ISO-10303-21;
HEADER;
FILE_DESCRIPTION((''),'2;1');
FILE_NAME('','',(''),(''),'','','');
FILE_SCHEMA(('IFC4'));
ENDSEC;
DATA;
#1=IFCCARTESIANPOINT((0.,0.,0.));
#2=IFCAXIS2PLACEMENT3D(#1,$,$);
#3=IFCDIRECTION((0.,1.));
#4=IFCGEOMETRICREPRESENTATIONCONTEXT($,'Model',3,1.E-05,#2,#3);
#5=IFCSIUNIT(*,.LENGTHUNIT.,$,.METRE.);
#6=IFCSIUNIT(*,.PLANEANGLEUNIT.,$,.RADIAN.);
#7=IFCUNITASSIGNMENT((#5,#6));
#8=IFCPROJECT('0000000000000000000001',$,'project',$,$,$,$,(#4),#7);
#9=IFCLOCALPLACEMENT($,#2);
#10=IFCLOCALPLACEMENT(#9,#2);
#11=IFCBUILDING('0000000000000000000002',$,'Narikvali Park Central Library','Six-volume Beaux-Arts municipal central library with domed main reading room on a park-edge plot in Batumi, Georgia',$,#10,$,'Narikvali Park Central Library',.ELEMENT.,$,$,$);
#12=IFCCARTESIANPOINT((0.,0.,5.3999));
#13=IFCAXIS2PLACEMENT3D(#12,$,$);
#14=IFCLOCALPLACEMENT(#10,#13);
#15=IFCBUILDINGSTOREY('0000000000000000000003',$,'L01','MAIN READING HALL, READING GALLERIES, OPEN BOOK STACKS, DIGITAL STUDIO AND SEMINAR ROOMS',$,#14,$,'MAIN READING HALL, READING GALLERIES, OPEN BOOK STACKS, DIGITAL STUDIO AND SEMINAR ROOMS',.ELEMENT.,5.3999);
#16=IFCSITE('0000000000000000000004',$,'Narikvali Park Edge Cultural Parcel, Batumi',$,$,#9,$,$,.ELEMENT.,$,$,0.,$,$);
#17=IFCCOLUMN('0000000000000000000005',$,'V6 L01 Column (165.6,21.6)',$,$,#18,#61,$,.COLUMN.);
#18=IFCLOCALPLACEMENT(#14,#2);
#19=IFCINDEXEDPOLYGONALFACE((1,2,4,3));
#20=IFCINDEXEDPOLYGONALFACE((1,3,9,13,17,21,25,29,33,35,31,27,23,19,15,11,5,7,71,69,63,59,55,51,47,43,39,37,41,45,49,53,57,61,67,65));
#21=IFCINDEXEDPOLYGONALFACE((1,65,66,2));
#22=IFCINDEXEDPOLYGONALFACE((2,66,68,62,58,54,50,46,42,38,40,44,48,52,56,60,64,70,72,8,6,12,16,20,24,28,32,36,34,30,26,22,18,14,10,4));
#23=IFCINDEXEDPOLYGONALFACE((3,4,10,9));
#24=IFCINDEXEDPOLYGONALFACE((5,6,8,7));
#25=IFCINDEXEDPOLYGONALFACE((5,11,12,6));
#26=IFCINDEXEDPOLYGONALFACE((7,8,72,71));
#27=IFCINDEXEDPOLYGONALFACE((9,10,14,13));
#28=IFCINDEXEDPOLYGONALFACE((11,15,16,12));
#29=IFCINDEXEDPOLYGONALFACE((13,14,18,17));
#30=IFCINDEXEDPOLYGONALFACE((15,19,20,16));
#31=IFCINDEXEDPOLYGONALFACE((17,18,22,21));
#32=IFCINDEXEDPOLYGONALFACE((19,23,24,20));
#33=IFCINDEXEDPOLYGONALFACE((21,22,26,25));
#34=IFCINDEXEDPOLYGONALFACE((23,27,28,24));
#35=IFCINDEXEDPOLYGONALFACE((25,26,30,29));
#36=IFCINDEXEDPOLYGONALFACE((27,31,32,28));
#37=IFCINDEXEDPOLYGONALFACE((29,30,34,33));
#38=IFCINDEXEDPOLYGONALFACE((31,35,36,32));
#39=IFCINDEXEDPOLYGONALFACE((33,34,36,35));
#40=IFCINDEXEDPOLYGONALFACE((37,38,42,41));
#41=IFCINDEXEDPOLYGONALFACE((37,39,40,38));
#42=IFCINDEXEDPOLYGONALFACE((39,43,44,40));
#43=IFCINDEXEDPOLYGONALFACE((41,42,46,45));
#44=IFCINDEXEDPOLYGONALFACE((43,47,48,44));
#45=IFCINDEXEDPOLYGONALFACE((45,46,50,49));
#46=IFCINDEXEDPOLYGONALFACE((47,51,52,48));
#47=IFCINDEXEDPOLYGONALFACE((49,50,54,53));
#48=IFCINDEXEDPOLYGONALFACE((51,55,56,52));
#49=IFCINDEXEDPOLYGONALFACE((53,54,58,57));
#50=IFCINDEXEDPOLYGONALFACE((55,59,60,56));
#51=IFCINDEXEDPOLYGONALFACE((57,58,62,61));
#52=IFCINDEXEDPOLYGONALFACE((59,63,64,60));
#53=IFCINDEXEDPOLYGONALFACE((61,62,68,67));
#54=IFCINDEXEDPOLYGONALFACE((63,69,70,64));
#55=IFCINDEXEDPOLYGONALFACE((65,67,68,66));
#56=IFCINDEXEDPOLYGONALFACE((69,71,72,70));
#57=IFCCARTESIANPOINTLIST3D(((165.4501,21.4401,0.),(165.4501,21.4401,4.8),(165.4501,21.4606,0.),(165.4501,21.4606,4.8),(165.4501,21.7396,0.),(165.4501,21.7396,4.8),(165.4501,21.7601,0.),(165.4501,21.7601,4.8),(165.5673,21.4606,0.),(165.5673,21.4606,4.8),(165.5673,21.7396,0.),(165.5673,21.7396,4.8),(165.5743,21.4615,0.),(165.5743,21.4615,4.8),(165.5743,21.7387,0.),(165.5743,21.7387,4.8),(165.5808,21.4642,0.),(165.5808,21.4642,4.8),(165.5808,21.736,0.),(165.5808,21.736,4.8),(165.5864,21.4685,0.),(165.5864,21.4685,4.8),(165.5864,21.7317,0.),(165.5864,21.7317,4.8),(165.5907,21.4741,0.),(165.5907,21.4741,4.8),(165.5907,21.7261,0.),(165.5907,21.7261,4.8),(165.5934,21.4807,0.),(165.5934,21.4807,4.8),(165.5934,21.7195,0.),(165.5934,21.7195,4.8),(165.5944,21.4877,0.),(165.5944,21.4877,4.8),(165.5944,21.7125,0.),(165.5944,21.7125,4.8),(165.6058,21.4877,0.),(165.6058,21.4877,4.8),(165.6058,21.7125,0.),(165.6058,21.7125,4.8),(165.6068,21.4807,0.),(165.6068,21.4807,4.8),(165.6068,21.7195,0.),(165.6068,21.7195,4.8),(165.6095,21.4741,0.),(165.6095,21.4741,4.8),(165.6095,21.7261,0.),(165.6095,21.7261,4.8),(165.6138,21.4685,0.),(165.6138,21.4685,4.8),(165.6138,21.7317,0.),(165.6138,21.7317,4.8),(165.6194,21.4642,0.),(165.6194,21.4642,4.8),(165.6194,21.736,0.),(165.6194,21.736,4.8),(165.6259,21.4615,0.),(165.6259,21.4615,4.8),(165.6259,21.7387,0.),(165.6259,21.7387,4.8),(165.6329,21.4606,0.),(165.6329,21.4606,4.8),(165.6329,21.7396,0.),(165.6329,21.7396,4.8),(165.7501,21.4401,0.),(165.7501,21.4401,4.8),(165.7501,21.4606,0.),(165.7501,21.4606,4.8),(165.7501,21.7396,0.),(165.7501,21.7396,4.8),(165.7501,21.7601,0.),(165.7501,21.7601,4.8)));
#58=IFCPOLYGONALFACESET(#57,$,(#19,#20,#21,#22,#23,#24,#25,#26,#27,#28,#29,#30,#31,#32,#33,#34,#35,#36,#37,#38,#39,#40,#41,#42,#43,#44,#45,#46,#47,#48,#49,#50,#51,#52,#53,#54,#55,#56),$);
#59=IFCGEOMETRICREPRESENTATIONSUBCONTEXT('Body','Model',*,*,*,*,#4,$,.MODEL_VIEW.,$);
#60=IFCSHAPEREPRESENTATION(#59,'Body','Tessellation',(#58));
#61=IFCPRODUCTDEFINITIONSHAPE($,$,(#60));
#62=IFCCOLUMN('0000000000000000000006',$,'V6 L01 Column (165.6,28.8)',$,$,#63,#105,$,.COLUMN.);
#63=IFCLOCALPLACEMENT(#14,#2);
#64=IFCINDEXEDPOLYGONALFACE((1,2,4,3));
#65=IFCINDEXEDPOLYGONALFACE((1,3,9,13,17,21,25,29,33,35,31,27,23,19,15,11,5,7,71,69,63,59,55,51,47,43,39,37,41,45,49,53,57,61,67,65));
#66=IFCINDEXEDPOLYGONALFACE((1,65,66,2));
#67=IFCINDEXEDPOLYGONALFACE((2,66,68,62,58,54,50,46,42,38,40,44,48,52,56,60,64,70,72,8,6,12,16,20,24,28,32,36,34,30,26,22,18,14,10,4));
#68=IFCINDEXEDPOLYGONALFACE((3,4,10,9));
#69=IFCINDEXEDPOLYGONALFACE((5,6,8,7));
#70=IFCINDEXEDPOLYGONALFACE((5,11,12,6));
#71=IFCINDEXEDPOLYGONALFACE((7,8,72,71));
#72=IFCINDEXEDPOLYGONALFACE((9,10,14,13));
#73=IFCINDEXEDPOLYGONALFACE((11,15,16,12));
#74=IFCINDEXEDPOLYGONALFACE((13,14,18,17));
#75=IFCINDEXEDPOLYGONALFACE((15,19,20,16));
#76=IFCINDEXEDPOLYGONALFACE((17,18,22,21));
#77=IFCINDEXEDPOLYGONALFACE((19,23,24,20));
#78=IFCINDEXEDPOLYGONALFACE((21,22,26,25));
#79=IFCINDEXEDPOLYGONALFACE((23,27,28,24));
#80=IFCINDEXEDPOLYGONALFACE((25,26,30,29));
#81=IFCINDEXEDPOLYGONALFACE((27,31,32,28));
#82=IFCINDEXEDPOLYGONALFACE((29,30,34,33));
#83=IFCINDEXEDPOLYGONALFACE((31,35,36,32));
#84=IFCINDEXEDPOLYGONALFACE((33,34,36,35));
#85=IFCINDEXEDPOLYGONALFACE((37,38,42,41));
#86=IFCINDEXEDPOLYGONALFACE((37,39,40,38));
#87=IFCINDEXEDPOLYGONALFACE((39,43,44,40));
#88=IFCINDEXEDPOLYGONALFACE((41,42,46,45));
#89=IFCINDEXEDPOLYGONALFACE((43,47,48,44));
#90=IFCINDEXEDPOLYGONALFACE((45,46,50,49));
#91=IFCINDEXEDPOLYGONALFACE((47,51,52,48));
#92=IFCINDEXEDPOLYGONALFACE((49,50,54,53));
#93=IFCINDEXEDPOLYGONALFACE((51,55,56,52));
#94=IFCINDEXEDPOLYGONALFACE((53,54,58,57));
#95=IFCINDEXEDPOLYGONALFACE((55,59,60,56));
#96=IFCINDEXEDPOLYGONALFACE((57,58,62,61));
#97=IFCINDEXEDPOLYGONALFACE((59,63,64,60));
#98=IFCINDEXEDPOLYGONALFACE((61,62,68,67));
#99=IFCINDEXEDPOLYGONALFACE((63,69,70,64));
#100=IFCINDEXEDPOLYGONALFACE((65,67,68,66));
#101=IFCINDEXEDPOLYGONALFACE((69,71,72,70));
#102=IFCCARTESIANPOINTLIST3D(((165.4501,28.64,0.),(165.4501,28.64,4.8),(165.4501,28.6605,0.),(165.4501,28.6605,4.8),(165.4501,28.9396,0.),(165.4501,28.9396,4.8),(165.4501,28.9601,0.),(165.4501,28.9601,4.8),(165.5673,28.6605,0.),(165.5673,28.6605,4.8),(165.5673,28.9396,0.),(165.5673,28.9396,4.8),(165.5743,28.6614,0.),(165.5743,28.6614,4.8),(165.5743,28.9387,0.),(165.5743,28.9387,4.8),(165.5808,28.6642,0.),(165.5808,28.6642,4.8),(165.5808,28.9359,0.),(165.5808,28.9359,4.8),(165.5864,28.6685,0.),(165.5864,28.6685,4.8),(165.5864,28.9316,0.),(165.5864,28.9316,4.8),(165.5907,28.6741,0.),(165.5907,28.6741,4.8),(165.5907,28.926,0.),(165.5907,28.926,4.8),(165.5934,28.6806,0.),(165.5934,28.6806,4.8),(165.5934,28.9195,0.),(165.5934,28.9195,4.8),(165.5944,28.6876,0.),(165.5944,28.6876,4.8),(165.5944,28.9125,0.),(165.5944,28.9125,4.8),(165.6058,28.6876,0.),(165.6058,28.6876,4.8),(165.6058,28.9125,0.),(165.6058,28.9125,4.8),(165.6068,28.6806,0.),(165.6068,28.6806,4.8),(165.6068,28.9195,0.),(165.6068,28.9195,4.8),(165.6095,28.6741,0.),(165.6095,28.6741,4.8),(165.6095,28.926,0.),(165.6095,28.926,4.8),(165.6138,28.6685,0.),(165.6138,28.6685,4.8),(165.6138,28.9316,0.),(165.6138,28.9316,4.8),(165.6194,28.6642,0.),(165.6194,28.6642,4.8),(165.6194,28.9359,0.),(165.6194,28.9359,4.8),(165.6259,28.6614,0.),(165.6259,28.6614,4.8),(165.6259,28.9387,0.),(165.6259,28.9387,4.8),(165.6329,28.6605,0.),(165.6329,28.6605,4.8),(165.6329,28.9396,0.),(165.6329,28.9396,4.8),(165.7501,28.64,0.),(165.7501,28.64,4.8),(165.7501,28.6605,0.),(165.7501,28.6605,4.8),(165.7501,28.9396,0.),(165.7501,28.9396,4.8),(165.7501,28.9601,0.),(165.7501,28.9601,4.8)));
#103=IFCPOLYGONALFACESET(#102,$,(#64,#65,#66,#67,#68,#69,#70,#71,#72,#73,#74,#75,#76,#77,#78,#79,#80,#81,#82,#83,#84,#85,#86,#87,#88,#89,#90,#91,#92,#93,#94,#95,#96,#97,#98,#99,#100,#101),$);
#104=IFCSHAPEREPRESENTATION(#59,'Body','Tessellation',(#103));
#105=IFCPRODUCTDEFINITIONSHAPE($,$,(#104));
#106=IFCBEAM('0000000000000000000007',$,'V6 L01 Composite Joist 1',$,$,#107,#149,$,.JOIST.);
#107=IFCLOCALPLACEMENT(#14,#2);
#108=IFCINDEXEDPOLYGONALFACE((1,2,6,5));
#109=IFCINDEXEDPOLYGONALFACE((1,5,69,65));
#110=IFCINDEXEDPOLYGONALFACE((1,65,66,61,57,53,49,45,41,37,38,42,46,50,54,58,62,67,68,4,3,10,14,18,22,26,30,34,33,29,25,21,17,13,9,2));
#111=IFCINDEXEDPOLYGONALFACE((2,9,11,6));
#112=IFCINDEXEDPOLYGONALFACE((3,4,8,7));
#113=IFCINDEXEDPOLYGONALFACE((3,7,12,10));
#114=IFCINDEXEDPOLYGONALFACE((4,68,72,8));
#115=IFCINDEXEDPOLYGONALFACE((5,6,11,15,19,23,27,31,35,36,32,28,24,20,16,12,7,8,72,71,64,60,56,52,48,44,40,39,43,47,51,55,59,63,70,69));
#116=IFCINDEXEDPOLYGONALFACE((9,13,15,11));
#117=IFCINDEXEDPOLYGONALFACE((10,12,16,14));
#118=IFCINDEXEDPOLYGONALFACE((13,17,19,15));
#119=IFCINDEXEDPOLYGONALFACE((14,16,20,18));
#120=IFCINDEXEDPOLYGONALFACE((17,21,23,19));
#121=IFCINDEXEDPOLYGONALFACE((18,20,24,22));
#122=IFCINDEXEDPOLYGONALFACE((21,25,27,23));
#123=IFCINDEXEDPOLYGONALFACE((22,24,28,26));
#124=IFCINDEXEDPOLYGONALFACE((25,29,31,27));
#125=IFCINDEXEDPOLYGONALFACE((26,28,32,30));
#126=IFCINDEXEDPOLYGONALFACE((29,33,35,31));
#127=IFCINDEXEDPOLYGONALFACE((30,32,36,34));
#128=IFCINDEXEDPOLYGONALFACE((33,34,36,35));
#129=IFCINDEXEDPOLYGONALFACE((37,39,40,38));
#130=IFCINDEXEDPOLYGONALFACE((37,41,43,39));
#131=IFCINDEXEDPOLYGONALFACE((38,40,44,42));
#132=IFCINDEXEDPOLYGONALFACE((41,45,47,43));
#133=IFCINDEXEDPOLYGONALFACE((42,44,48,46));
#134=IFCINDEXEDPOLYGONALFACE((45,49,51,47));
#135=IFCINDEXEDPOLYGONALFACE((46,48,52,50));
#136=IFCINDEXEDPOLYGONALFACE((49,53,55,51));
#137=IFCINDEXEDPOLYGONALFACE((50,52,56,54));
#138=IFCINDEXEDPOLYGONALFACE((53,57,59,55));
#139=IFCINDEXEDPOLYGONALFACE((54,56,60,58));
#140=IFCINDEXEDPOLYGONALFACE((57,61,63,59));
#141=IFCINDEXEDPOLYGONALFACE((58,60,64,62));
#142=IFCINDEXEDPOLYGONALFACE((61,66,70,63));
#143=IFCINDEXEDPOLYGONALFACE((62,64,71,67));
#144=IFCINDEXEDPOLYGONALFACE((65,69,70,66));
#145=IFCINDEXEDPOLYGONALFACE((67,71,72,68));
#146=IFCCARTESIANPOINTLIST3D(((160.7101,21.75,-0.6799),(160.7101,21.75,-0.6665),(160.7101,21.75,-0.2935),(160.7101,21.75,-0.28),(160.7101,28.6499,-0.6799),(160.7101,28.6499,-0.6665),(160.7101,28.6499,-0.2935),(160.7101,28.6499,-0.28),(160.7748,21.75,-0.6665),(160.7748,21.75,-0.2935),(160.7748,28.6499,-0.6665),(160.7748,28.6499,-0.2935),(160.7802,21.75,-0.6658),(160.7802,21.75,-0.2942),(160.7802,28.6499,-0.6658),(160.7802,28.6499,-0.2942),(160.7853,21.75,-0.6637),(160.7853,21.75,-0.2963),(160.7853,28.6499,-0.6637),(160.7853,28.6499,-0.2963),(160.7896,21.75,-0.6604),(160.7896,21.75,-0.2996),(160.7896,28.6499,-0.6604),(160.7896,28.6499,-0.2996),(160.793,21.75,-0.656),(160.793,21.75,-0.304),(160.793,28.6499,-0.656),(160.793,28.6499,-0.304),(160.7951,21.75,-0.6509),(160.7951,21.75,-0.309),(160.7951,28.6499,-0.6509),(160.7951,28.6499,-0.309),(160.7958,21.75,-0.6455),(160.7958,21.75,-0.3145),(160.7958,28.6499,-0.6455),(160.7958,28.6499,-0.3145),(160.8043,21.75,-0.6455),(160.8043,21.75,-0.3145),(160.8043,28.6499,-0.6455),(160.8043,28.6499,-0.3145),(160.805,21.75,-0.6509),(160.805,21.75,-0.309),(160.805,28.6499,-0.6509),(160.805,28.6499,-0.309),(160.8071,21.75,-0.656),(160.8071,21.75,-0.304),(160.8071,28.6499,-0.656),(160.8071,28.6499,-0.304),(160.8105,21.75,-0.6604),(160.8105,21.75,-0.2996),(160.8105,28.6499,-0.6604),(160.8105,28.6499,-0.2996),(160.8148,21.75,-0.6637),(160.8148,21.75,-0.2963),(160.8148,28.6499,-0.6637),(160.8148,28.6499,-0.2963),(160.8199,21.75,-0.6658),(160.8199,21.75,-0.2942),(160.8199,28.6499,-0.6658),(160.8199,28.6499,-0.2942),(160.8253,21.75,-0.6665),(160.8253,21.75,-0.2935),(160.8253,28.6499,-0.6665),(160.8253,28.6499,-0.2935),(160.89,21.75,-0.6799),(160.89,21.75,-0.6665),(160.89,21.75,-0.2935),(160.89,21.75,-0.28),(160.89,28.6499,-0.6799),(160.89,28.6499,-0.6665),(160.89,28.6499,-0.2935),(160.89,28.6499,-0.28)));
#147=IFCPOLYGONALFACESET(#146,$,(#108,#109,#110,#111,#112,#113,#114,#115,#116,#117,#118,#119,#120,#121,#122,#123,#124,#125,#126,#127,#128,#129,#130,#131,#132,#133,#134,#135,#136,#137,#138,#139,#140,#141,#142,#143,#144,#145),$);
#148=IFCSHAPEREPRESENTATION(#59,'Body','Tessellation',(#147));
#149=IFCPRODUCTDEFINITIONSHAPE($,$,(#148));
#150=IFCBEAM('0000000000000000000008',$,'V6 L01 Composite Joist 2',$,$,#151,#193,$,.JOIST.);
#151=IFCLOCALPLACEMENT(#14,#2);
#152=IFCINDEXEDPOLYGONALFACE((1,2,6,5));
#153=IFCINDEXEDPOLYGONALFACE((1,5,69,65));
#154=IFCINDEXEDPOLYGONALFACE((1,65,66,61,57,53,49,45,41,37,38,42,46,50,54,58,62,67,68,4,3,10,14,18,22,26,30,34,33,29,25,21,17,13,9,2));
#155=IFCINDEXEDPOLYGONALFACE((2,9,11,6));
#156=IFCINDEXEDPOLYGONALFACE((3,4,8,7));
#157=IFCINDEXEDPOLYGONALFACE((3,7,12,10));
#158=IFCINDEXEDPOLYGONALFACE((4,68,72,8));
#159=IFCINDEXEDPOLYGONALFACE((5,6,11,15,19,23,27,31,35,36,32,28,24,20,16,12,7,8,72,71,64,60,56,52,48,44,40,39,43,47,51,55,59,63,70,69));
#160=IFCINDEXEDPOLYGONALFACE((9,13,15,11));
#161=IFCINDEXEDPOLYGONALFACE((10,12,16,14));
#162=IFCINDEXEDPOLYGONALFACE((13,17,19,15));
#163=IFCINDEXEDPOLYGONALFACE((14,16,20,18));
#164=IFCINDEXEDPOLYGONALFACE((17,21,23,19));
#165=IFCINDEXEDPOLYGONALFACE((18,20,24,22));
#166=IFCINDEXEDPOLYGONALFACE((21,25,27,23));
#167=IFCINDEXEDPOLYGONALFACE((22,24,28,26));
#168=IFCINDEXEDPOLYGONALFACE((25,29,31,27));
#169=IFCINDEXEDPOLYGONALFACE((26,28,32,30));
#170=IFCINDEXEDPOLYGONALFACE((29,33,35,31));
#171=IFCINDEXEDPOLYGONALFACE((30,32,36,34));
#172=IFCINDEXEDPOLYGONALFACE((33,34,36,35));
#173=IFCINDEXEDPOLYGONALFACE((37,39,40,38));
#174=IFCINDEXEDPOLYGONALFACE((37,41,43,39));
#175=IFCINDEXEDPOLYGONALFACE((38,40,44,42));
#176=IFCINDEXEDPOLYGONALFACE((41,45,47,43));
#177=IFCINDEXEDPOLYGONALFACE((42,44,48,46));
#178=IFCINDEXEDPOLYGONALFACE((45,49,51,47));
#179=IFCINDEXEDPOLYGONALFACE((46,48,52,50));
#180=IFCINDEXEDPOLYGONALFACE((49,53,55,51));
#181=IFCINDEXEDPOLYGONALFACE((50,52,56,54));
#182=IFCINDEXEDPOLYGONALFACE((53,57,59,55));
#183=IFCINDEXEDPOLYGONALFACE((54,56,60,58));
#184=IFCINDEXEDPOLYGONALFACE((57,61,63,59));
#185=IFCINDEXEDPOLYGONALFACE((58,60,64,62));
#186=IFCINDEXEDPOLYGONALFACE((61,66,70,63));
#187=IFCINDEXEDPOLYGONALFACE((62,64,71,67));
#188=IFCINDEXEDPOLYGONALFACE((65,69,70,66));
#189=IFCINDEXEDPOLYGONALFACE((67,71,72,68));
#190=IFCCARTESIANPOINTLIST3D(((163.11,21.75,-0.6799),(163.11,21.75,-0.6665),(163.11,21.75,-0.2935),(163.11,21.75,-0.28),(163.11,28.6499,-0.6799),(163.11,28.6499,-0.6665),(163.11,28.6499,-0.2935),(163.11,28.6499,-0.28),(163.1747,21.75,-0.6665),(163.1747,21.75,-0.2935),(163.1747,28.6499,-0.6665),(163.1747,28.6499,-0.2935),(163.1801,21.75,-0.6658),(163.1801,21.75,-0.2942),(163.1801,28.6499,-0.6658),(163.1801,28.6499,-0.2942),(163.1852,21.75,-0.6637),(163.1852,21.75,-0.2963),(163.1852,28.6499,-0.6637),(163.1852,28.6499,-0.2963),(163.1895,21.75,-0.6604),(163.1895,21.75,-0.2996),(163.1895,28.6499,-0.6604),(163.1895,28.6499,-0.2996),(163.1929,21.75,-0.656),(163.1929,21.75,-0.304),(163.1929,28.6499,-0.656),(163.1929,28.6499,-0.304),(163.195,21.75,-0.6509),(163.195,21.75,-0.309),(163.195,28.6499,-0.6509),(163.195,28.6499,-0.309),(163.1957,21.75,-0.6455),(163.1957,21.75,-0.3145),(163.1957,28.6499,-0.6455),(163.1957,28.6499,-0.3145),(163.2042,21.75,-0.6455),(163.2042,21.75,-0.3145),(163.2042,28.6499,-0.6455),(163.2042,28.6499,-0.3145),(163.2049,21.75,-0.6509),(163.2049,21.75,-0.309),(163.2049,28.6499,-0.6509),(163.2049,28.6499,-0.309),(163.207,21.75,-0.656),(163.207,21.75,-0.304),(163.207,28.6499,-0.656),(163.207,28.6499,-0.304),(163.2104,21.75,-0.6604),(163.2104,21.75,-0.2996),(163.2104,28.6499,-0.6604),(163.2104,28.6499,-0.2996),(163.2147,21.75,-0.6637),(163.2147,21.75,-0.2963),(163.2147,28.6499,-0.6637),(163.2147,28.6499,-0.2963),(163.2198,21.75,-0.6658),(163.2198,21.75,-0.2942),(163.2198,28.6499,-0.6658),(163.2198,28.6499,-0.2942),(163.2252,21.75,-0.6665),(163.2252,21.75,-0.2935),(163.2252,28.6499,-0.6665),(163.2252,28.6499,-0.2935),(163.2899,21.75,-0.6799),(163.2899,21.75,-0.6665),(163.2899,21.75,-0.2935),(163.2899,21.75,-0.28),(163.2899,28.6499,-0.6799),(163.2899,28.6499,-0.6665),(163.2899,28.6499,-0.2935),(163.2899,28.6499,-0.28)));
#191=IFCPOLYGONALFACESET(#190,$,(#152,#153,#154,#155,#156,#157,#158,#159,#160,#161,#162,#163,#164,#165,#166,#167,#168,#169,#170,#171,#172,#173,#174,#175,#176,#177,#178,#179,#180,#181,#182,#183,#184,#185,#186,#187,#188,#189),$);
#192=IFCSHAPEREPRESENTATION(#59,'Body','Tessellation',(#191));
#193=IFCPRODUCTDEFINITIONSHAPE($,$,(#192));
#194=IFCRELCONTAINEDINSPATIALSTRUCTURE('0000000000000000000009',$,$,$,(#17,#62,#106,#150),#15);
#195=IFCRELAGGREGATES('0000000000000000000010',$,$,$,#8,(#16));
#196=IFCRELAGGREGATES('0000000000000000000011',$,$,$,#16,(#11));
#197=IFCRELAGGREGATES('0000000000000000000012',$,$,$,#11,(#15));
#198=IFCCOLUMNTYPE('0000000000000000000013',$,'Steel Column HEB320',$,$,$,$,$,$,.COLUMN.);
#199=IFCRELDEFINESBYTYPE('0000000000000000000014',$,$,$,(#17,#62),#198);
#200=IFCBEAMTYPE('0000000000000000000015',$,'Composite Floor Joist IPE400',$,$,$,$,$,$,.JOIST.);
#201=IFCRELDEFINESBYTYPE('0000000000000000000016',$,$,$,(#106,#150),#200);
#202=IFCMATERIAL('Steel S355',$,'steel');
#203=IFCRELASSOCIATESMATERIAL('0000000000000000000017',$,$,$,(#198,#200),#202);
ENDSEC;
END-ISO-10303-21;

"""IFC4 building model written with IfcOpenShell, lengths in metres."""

from ifc_helpers import new_model, si_unit, direction, frame, origin, origin_2d, place, context, subcontext, project, spatial, i_section, extrude, material, material_profile, profile_set, type_object, element, save


model = new_model("IFC4")

# Units and contexts
model_context = context("Model", 3, precision=1e-05, world=origin(), true_north=direction((0.0, 1.0)))
body_context = subcontext(model_context, "Body", "Model", "MODEL_VIEW")
ifc_project = project(units=[si_unit("LENGTHUNIT", "METRE"), si_unit("PLANEANGLEUNIT", "RADIAN")], contexts=[model_context])

# Site, building, storey
site_placement = place(None, origin())
site = spatial("IfcSite", under=ifc_project, at=site_placement, Name="Narikvali Park Edge Cultural Parcel, Batumi", CompositionType="ELEMENT", RefElevation=0.0)
building_placement = place(site_placement, origin())
building = spatial("IfcBuilding", under=site, at=building_placement, Name="Narikvali Park Central Library", Description="Six-volume Beaux-Arts municipal central library with domed main reading room on a park-edge plot in Batumi, Georgia", LongName="Narikvali Park Central Library", CompositionType="ELEMENT")
storey_placement = place(building_placement, frame((0.0, 0.0, 5.3999)))
storey = spatial("IfcBuildingStorey", under=building, at=storey_placement, Name="L01", Description="MAIN READING HALL, READING GALLERIES, OPEN BOOK STACKS, DIGITAL STUDIO AND SEMINAR ROOMS", LongName="MAIN READING HALL, READING GALLERIES, OPEN BOOK STACKS, DIGITAL STUDIO AND SEMINAR ROOMS", CompositionType="ELEMENT", Elevation=5.3999)

# Columns
ifc_material_1 = material(Name="Steel S355", Category="steel")
ifc_material_profile_1 = material_profile(ifc_material_1, i_section(OverallWidth=0.3, OverallDepth=0.3201, WebThickness=0.0115, FlangeThickness=0.0205, FilletRadius=0.0271, at=origin_2d()), Name="HEB 320")
ifc_profile_set_1 = profile_set([ifc_material_profile_1], Name="Steel S355")
column_type = type_object("IfcColumnType", Name="Steel Column HEB320", PredefinedType="COLUMN", material=ifc_profile_set_1)
for number, where, z_axis, x_axis, name in (
    (1, (165.6001, 21.6001, 0.0), (0.0, 0.0, 1.0), (1.0, 0.0, 0.0), "V6 L01 Column (165.6,21.6)"),
    (2, (165.6001, 28.8, 0.0), (0.0, 0.0, 1.0), (1.0, 0.0, 0.0), "V6 L01 Column (165.6,28.8)"),
):
    element("IfcColumn", number, at=place(storey_placement, frame(where, z_axis=z_axis, x_axis=x_axis)), inside=storey, type_object=column_type, Name=name, PredefinedType="COLUMN", context=body_context, shape_type="SweptSolid", body=[
        extrude(i_section(OverallWidth=0.3, OverallDepth=0.3201, WebThickness=0.0115, FlangeThickness=0.0205, FilletRadius=0.0271, at=origin_2d()), origin(), (0.0, 0.0, 1.0), 4.8),
    ])

# Beams
ifc_material_profile_2 = material_profile(ifc_material_1, i_section(OverallWidth=0.1799, OverallDepth=0.3999, WebThickness=0.0085, FlangeThickness=0.0134, FilletRadius=0.021, at=origin_2d()), Name="IPE 400")
ifc_profile_set_2 = profile_set([ifc_material_profile_2], Name="Steel S355")
beam_type_1 = type_object("IfcBeamType", Name="Composite Floor Joist IPE400", PredefinedType="JOIST", material=ifc_profile_set_2)
for number, where, z_axis, x_axis, name in (
    (3, (160.8, 21.75, -0.48), (0.0, 1.0, 0.0), (-1.0, 0.0, 0.0), "V6 L01 Composite Joist 1"),
    (4, (163.2, 21.75, -0.48), (0.0, 1.0, 0.0), (-1.0, 0.0, 0.0), "V6 L01 Composite Joist 2"),
):
    element("IfcBeam", number, at=place(storey_placement, frame(where, z_axis=z_axis, x_axis=x_axis)), inside=storey, type_object=beam_type_1, Name=name, PredefinedType="JOIST", context=body_context, shape_type="SweptSolid", body=[
        extrude(i_section(OverallWidth=0.1799, OverallDepth=0.3999, WebThickness=0.0085, FlangeThickness=0.0134, FilletRadius=0.021, at=origin_2d()), origin(), (0.0, 0.0, 1.0), 6.8999),
    ])

save(model, "model.ifc")
